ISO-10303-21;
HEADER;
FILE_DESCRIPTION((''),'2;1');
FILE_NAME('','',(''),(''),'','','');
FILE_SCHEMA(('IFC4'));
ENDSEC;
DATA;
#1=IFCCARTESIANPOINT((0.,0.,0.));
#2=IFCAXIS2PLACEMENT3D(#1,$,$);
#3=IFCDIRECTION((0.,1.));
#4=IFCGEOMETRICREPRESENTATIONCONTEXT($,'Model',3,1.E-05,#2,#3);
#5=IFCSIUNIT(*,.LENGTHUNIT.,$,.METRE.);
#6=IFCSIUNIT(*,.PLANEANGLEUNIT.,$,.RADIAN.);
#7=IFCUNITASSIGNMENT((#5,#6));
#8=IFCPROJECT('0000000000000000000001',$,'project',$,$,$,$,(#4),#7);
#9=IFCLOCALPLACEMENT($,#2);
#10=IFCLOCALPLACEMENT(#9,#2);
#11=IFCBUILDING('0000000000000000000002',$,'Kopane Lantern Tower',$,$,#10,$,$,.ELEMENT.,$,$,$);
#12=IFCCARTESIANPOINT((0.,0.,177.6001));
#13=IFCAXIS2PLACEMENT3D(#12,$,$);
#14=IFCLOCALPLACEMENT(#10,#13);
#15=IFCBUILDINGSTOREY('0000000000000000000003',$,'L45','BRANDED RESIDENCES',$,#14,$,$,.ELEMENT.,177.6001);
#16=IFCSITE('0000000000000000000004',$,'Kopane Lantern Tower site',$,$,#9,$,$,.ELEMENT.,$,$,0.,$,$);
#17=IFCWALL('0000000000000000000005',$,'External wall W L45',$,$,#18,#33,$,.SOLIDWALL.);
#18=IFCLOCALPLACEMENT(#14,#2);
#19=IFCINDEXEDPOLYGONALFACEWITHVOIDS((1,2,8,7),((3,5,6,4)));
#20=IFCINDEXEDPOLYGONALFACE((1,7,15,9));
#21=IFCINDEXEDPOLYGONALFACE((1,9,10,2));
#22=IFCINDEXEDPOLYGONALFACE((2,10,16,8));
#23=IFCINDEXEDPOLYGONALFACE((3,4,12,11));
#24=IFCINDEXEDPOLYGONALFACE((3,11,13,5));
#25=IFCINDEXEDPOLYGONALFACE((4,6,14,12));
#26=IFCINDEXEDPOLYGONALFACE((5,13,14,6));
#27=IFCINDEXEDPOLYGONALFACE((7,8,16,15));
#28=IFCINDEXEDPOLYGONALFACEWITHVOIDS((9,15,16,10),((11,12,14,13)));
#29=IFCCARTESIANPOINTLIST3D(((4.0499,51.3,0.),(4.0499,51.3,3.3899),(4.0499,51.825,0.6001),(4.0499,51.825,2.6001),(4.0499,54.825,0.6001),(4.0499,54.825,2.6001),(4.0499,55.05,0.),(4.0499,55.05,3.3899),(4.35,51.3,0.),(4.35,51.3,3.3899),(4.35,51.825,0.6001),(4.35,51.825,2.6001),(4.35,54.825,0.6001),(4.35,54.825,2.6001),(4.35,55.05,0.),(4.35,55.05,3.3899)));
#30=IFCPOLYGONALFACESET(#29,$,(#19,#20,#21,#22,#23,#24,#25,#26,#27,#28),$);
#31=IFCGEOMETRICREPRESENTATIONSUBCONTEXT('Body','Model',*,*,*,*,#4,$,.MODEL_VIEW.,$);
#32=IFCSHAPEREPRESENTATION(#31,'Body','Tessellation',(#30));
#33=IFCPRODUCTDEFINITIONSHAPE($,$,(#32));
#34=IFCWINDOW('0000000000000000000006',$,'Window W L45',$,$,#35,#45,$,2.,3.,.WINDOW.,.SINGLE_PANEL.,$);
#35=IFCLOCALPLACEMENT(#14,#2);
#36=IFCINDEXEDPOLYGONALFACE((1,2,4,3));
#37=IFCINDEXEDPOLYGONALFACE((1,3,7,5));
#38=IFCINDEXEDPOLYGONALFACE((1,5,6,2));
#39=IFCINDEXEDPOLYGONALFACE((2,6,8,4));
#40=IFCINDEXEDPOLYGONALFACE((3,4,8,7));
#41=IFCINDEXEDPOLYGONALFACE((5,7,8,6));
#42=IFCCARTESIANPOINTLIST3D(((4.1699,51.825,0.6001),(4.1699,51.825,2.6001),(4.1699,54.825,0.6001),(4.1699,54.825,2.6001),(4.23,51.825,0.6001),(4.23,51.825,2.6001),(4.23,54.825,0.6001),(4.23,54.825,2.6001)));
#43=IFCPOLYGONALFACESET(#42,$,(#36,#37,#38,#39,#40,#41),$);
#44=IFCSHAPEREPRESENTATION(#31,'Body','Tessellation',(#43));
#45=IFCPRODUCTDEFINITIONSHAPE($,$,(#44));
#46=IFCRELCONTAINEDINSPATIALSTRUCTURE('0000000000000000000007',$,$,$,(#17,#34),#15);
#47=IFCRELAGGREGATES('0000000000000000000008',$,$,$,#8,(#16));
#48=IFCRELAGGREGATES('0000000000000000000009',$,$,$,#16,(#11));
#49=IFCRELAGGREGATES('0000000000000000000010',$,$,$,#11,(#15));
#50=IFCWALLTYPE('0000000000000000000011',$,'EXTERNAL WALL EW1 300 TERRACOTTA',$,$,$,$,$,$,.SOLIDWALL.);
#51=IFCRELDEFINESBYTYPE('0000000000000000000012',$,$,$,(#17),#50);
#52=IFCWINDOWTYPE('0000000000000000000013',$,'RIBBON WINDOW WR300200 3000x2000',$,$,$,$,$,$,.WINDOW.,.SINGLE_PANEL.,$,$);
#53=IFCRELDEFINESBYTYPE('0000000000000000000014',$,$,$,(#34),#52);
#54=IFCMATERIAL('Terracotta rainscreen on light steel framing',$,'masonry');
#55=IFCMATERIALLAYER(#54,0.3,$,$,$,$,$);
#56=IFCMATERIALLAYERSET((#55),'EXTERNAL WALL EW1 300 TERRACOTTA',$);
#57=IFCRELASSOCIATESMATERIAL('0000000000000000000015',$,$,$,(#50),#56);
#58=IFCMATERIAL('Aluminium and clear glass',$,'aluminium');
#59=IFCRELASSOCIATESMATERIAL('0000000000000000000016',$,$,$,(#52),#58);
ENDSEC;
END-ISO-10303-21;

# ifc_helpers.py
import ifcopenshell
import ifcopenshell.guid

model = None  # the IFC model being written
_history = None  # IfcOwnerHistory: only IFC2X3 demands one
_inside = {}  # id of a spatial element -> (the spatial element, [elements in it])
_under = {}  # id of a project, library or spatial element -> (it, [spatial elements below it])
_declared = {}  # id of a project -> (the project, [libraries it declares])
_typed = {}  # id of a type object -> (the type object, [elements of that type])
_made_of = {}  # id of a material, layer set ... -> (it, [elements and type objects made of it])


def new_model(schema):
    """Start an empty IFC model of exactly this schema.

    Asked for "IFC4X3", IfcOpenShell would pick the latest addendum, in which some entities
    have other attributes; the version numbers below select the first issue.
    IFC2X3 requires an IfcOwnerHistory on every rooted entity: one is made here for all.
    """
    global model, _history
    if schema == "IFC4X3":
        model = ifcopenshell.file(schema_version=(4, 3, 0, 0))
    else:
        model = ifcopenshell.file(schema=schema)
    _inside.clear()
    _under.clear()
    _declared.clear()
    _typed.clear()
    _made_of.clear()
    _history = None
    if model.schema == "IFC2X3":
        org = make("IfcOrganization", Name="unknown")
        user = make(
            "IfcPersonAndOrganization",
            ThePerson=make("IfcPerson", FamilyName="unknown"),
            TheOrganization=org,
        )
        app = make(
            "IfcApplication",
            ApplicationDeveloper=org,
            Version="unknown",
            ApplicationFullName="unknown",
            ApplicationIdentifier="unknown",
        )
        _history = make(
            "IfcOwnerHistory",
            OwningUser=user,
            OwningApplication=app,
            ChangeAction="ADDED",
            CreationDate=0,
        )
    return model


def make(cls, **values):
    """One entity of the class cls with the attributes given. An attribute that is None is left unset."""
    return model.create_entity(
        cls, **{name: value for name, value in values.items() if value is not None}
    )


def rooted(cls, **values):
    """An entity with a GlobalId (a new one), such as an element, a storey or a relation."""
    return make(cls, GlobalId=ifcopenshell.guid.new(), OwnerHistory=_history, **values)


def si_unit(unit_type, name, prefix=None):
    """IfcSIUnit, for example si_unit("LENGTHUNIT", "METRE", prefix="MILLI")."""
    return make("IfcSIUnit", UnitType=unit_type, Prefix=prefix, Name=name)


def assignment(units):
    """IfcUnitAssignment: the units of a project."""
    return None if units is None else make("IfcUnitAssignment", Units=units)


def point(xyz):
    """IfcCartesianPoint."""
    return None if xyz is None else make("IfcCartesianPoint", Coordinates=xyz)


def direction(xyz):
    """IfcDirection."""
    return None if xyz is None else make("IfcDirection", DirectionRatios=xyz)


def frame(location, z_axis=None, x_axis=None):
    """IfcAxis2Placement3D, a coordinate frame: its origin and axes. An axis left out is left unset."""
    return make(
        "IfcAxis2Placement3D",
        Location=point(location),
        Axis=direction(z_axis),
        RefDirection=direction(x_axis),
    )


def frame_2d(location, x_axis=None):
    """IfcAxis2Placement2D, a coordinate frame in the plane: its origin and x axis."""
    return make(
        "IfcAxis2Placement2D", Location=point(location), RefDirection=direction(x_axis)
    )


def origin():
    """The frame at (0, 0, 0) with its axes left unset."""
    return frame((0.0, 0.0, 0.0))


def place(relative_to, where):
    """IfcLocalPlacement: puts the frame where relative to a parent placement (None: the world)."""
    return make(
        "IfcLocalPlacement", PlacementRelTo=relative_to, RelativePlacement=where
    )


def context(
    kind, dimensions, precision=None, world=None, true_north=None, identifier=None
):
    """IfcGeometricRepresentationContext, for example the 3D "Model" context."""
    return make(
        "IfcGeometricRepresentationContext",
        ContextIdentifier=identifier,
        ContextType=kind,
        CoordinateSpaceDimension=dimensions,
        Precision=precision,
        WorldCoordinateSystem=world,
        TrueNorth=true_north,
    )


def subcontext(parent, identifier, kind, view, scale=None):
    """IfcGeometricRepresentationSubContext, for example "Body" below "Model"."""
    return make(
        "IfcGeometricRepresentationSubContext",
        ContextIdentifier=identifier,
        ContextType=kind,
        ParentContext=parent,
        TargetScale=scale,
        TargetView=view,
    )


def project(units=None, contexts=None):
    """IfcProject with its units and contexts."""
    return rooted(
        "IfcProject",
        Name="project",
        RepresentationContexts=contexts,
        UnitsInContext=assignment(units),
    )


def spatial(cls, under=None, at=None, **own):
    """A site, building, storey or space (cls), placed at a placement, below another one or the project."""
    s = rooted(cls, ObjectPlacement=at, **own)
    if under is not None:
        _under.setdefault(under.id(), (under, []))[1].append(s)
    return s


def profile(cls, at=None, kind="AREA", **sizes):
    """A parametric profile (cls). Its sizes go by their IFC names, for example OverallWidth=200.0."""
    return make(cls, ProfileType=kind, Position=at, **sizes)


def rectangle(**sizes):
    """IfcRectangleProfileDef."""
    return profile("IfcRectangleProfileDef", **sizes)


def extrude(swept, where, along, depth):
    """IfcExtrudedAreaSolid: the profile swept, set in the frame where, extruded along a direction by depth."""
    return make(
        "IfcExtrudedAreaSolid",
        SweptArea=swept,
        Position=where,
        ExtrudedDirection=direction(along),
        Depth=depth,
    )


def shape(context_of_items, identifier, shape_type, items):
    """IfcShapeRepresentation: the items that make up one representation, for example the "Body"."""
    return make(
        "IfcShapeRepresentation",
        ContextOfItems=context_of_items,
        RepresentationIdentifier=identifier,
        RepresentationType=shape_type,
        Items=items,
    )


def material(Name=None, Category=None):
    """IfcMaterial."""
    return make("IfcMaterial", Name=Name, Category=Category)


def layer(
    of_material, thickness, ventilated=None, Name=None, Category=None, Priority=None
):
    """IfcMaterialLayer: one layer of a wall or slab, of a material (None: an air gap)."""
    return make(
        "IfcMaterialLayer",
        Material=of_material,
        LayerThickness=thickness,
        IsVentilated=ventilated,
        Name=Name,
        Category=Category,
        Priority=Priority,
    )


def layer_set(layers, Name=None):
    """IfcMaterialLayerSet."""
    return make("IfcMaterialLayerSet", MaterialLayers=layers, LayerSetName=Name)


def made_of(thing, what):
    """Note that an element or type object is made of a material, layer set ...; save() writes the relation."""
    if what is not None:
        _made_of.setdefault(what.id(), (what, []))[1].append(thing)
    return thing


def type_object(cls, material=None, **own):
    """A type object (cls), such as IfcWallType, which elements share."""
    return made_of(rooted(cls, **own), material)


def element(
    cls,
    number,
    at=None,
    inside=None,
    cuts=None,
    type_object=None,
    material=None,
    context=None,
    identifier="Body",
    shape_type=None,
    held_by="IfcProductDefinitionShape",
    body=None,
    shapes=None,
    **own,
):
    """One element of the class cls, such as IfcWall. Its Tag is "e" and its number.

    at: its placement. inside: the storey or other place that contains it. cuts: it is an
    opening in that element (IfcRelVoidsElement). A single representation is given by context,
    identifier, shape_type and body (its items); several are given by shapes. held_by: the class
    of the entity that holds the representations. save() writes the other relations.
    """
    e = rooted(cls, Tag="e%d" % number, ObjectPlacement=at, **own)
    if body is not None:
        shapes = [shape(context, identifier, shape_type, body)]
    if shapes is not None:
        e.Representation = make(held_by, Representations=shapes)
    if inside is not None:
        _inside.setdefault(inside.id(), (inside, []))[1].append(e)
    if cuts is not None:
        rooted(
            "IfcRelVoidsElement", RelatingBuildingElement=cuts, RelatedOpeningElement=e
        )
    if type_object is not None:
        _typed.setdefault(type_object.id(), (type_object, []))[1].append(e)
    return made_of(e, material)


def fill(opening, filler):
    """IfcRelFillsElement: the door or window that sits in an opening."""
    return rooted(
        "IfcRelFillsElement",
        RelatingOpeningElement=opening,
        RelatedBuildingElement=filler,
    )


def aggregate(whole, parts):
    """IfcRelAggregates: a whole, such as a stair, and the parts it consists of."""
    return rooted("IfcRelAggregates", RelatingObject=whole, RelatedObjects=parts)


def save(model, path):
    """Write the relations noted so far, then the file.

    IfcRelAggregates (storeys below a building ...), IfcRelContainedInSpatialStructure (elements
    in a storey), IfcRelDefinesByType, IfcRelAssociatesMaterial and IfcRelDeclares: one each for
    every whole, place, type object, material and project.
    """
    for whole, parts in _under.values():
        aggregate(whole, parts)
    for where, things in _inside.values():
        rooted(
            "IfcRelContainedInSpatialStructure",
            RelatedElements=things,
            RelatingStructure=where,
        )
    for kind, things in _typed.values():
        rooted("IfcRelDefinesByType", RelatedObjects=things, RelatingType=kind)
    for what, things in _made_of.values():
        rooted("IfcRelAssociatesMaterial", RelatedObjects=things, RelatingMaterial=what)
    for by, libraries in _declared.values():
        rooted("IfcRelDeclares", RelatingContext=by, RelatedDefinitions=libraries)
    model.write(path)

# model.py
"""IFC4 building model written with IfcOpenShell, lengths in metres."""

from ifc_helpers import new_model, si_unit, direction, frame, frame_2d, origin, place, context, subcontext, project, spatial, rectangle, extrude, material, layer, layer_set, type_object, element, fill, save


model = new_model("IFC4")

# Units and contexts
model_context = context("Model", 3, precision=1e-05, world=origin(), true_north=direction((0.0, 1.0)))
body_context = subcontext(model_context, "Body", "Model", "MODEL_VIEW")
ifc_project = project(units=[si_unit("LENGTHUNIT", "METRE"), si_unit("PLANEANGLEUNIT", "RADIAN")], contexts=[model_context])

# Site, building, storey
site_placement = place(None, origin())
site = spatial("IfcSite", under=ifc_project, at=site_placement, Name="Kopane Lantern Tower site", CompositionType="ELEMENT", RefElevation=0.0)
building_placement = place(site_placement, origin())
building = spatial("IfcBuilding", under=site, at=building_placement, Name="Kopane Lantern Tower", CompositionType="ELEMENT")
storey_placement = place(building_placement, frame((0.0, 0.0, 177.6001)))
storey = spatial("IfcBuildingStorey", under=building, at=storey_placement, Name="L45", Description="BRANDED RESIDENCES", CompositionType="ELEMENT", Elevation=177.6001)

# Wall, opening, window
ifc_material_1 = material(Name="Terracotta rainscreen on light steel framing", Category="masonry")
ifc_layer_1 = layer(ifc_material_1, 0.3)
ifc_layer_set_1 = layer_set([ifc_layer_1], Name="EXTERNAL WALL EW1 300 TERRACOTTA")
wall_type_1 = type_object("IfcWallType", Name="EXTERNAL WALL EW1 300 TERRACOTTA", PredefinedType="SOLIDWALL", material=ifc_layer_set_1)
ifc_material_2 = material(Name="Aluminium and clear glass", Category="aluminium")
window_type = type_object("IfcWindowType", Name="RIBBON WINDOW WR300200 3000x2000", PartitioningType="SINGLE_PANEL", PredefinedType="WINDOW", material=ifc_material_2)
wall_1_placement = place(storey_placement, frame((4.2, 55.05, 0.0), z_axis=(0.0, 0.0, 1.0), x_axis=(0.0, -1.0, 0.0)))
wall_1 = element("IfcWall", 1, at=wall_1_placement, inside=storey, type_object=wall_type_1, Name="External wall W L45", PredefinedType="SOLIDWALL", context=body_context, shape_type="SweptSolid", body=[
    extrude(rectangle(XDim=3.75, YDim=0.3, at=frame_2d((1.875, 0.0))), origin(), (0.0, 0.0, 1.0), 3.3899),
])
opening_1_placement = place(wall_1_placement, frame((0.2251, 0.0, 0.6001)))
opening_1 = element("IfcOpeningElement", 2, at=opening_1_placement, cuts=wall_1, PredefinedType="OPENING", context=body_context, shape_type="SweptSolid", body=[
    extrude(rectangle(XDim=3.0, YDim=2.0, at=frame_2d((1.5, 1.0))), frame((0.0, 0.1599, 0.0), z_axis=(0.0, -1.0, 0.0), x_axis=(1.0, 0.0, 0.0)), (0.0, 0.0, 1.0), 0.3201),
])
window_1_placement = place(opening_1_placement, origin())
window_1 = element("IfcWindow", 3, at=window_1_placement, inside=storey, type_object=window_type, Name="Window W L45", OverallHeight=2.0, OverallWidth=3.0, PartitioningType="SINGLE_PANEL", PredefinedType="WINDOW", context=body_context, shape_type="SweptSolid", body=[
    extrude(rectangle(XDim=3.0, YDim=2.0, at=frame_2d((1.5, 1.0))), frame((0.0, 0.03, 0.0), z_axis=(0.0, -1.0, 0.0), x_axis=(1.0, 0.0, 0.0)), (0.0, 0.0, 1.0), 0.0601),
])
fill(opening_1, window_1)

save(model, "model.ifc")
